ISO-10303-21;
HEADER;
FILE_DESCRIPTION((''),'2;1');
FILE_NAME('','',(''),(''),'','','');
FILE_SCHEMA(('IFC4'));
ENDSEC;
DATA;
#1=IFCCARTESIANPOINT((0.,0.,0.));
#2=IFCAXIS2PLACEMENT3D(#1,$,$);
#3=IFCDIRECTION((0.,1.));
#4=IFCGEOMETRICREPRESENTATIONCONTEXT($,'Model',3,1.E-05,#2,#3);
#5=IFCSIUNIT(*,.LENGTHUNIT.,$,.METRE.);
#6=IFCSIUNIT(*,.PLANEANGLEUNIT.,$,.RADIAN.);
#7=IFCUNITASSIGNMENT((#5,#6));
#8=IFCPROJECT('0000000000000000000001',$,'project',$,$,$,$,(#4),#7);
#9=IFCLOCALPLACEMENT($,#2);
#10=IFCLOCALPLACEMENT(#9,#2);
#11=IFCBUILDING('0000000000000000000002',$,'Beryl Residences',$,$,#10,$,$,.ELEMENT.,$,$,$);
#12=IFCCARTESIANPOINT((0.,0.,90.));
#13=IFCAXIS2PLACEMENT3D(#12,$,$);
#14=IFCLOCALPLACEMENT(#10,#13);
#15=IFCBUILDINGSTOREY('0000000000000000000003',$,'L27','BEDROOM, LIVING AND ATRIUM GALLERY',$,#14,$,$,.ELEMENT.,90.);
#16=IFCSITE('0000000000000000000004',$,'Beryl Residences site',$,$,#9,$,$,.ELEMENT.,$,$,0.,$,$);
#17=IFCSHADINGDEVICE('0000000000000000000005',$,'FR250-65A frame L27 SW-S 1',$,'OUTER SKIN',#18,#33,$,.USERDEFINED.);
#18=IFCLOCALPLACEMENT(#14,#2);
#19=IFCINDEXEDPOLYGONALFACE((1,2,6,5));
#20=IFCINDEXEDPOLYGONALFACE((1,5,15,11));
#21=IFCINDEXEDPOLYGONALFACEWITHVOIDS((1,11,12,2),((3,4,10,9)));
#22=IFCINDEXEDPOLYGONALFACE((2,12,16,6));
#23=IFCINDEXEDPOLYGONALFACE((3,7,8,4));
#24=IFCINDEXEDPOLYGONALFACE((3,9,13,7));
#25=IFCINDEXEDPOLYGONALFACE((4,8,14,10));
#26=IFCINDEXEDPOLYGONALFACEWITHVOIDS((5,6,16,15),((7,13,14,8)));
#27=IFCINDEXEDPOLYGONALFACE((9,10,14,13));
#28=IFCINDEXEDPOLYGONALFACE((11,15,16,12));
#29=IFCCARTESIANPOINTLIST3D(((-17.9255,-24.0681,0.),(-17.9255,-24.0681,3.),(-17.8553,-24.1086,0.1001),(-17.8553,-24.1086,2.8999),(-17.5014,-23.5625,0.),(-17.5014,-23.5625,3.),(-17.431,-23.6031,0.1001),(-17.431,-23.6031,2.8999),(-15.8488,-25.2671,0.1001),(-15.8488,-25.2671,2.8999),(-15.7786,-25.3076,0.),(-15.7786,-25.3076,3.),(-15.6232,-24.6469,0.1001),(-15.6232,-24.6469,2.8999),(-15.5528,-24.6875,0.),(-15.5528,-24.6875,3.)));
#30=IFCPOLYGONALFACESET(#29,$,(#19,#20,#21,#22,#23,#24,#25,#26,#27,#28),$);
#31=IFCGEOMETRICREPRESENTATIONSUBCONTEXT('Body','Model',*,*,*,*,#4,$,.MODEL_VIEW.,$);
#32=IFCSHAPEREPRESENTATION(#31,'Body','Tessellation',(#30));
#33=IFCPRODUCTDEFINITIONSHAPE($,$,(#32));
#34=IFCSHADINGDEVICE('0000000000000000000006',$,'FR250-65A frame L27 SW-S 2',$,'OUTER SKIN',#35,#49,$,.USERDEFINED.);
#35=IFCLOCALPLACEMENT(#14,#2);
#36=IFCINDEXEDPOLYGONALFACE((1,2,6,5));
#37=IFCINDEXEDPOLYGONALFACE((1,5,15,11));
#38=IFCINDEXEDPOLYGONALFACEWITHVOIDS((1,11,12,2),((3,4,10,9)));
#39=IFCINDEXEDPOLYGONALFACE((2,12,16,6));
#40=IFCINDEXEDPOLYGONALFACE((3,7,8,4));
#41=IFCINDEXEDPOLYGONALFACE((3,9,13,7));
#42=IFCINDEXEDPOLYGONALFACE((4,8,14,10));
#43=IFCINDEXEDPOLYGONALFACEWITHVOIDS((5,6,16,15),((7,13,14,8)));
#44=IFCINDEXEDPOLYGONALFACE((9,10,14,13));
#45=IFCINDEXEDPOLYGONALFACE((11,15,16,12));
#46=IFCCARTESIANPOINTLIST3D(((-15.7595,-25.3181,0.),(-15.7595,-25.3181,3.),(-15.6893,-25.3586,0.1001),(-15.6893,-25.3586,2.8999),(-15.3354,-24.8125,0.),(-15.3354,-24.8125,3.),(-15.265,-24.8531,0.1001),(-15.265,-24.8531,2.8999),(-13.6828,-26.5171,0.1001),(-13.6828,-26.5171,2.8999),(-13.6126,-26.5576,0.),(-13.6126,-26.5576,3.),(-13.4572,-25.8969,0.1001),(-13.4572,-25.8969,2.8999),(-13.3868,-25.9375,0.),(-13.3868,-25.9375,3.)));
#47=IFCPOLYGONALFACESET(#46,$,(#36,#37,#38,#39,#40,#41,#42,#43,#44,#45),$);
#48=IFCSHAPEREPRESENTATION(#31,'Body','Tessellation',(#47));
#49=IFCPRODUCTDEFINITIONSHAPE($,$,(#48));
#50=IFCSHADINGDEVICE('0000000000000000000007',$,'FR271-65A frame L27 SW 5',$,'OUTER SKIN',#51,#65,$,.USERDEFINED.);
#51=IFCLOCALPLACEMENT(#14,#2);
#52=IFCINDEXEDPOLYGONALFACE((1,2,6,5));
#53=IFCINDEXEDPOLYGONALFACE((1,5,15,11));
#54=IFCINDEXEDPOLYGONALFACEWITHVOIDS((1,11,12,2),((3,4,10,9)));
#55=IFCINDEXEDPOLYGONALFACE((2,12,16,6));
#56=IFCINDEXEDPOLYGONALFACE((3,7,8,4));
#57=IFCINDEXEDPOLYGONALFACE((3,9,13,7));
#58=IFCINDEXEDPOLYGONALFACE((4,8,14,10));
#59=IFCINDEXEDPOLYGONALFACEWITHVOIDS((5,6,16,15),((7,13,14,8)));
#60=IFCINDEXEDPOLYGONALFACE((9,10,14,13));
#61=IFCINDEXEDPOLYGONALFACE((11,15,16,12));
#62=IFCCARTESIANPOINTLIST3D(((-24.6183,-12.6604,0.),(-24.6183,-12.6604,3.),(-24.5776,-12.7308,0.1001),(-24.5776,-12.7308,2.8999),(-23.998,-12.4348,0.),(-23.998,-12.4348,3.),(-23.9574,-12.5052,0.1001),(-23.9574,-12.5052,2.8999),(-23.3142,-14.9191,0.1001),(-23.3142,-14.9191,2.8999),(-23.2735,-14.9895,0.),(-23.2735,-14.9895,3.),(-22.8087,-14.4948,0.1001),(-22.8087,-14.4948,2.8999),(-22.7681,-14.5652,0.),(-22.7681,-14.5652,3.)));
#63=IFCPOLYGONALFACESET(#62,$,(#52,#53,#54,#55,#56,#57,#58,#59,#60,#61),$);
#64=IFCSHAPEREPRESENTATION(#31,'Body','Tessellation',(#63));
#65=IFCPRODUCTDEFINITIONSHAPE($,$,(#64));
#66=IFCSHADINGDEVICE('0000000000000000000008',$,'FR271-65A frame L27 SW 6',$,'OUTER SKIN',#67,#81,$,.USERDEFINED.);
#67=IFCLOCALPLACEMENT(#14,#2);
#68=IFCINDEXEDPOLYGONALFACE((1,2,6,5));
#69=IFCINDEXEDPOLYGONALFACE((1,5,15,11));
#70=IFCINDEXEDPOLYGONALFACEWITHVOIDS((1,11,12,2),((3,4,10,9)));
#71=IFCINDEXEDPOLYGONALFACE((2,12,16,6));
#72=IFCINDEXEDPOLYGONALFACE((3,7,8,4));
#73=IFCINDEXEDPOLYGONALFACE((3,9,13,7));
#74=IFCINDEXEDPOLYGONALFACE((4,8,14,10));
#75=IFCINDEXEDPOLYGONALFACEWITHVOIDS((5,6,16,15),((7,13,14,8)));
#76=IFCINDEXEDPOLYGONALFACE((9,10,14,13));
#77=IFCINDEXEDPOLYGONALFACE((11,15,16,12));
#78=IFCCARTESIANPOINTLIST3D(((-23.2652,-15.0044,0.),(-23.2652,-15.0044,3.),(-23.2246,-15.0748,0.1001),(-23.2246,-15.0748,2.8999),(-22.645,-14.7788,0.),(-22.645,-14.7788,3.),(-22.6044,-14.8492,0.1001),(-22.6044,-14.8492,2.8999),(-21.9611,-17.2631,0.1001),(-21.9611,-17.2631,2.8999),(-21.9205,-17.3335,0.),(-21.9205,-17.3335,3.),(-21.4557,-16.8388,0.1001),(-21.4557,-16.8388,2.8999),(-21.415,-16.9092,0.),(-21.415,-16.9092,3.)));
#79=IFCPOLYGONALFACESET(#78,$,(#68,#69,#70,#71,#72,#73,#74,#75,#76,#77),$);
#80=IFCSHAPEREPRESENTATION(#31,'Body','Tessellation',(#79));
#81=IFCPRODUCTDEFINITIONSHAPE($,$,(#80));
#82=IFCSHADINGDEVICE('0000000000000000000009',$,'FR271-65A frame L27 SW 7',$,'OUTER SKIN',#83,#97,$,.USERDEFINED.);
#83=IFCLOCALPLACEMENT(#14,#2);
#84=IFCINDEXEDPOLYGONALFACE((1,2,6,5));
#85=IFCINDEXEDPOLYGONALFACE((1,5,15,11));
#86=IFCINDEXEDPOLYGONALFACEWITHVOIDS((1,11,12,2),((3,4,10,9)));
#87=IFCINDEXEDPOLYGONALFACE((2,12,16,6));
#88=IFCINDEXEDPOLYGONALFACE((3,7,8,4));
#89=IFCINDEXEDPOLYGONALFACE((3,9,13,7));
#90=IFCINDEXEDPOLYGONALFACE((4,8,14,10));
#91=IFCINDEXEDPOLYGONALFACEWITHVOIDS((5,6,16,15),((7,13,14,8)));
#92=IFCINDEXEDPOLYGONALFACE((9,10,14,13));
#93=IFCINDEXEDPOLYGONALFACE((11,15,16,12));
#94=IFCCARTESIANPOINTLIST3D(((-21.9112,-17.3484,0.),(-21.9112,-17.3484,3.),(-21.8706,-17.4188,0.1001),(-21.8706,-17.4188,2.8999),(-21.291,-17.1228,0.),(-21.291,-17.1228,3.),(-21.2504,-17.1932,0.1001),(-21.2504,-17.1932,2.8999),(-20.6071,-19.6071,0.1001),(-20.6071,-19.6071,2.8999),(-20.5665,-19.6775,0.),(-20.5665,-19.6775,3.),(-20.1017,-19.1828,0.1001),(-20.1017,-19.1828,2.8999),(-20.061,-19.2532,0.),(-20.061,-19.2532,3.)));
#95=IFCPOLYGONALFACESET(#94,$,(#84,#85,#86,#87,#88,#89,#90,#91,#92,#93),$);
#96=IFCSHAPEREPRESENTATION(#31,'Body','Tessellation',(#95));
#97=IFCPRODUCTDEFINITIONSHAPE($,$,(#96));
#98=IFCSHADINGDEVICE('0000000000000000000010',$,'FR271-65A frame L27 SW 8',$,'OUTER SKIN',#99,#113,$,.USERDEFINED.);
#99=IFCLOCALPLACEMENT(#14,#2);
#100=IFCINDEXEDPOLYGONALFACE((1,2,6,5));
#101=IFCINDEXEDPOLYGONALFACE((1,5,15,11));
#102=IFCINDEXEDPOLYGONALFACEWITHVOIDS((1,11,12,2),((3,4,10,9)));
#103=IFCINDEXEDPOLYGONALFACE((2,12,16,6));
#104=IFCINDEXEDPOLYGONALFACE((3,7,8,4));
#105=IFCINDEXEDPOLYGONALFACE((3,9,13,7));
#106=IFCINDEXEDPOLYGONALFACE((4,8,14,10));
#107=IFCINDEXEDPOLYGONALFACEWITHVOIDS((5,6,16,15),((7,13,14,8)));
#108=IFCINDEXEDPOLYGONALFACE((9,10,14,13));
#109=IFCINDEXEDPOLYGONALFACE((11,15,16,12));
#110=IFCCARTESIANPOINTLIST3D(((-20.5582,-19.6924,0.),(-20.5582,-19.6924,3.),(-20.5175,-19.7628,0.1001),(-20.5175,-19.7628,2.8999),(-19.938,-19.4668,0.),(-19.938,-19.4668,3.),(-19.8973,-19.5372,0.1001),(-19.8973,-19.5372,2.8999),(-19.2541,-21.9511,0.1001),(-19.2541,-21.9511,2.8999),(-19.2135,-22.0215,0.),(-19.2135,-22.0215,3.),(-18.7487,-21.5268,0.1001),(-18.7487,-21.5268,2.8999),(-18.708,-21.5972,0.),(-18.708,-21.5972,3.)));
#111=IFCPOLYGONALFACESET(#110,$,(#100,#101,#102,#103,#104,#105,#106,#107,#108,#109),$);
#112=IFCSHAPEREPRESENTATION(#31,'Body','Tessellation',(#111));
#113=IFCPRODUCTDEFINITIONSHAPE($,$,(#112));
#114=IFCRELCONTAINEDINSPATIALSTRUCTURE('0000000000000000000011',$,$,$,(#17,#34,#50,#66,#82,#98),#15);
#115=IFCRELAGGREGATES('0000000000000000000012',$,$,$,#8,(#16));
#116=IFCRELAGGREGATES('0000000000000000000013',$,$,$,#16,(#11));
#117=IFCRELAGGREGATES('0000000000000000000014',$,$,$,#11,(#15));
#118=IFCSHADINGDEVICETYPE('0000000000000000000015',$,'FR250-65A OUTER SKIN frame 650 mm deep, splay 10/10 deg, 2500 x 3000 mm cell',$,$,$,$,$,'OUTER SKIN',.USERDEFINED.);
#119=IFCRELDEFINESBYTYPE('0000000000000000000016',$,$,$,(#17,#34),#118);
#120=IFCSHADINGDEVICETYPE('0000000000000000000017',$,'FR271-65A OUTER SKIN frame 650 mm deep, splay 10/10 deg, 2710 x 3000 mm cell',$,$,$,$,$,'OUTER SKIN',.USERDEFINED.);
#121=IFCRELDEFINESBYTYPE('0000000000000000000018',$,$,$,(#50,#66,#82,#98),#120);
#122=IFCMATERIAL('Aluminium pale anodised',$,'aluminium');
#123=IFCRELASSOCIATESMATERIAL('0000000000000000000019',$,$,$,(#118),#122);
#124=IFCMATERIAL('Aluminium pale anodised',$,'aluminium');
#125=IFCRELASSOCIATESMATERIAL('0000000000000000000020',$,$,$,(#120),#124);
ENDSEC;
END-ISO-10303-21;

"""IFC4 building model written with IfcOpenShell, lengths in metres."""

from ifc_helpers import new_model, entity, si_unit, direction, frame, origin, place, context, subcontext, project, spatial, source, transform, mapped, material, type_object, type_shapes, element, save


model = new_model("IFC4")

# Units and contexts
model_context = context("Model", 3, precision=1e-05, world=origin(), true_north=direction((0.0, 1.0)))
body_context = subcontext(model_context, "Body", "Model", "MODEL_VIEW")
ifc_project = project(units=[si_unit("LENGTHUNIT", "METRE"), si_unit("PLANEANGLEUNIT", "RADIAN")], contexts=[model_context])

# Site, building, storey
site_placement = place(None, origin())
site = spatial("IfcSite", under=ifc_project, at=site_placement, Name="Beryl Residences site", CompositionType="ELEMENT", RefElevation=0.0)
building_placement = place(site_placement, origin())
building = spatial("IfcBuilding", under=site, at=building_placement, Name="Beryl Residences", CompositionType="ELEMENT")
storey_placement = place(building_placement, frame((0.0, 0.0, 90.0)))
storey = spatial("IfcBuildingStorey", under=building, at=storey_placement, Name="L27", Description="BEDROOM, LIVING AND ATRIUM GALLERY", CompositionType="ELEMENT", Elevation=90.0)

# Shading devices
ifc_material_1 = material(Name="Aluminium pale anodised", Category="aluminium")
shading_device_type_1 = type_object("IfcShadingDeviceType", Name="FR250-65A OUTER SKIN frame 650 mm deep, splay 10/10 deg, 2500 x 3000 mm cell", ElementType="OUTER SKIN", PredefinedType="USERDEFINED", material=ifc_material_1)
cartesian_point_1 = entity("IfcCartesianPoint", [-1.125, 0.0])
cartesian_point_2 = entity("IfcCartesianPoint", [-1.0437, 0.1001])
cartesian_point_3 = entity("IfcCartesianPoint", [-1.2395, 0.0])
cartesian_point_4 = entity("IfcCartesianPoint", [-1.1584, 0.1001])
shared_shape_1 = source(origin(), body_context, "Body", "SweptSolid", [
    entity("IfcExtrudedAreaSolidTapered", entity("IfcArbitraryProfileDefWithVoids", "AREA", None, entity("IfcPolyline", [cartesian_point_1, entity("IfcCartesianPoint", [1.125, 0.0]), entity("IfcCartesianPoint", [1.125, 3.0]), entity("IfcCartesianPoint", [-1.125, 3.0]), cartesian_point_1]), [entity("IfcPolyline", [cartesian_point_2, entity("IfcCartesianPoint", [1.0437, 0.1001]), entity("IfcCartesianPoint", [1.0437, 2.8999]), entity("IfcCartesianPoint", [-1.0437, 2.8999]), cartesian_point_2])]), entity("IfcAxis2Placement3D", entity("IfcCartesianPoint", [0.0, 0.0, 0.0]), entity("IfcDirection", [0.0, 1.0, 0.0]), entity("IfcDirection", [-1.0, 0.0, 0.0])), entity("IfcDirection", [0.0, 0.0, 1.0]), 0.6499, entity("IfcArbitraryProfileDefWithVoids", "AREA", None, entity("IfcPolyline", [cartesian_point_3, entity("IfcCartesianPoint", [1.2395, 0.0]), entity("IfcCartesianPoint", [1.2395, 3.0]), entity("IfcCartesianPoint", [-1.2395, 3.0]), cartesian_point_3]), [entity("IfcPolyline", [cartesian_point_4, entity("IfcCartesianPoint", [1.1584, 0.1001]), entity("IfcCartesianPoint", [1.1584, 2.8999]), entity("IfcCartesianPoint", [-1.1584, 2.8999]), cartesian_point_4])])),
])
type_shapes(shading_device_type_1, [shared_shape_1])
for number, where, z_axis, x_axis, name in (
    (1, (-16.5271, -24.125, 0.0), (0.0, 0.0, 1.0), (-0.866025, 0.5, 0.0), "FR250-65A frame L27 SW-S 1"),
    (2, (-14.3611, -25.375, 0.0), (0.0, 0.0, 1.0), (-0.866025, 0.5, 0.0), "FR250-65A frame L27 SW-S 2"),
):
    element("IfcShadingDevice", number, at=place(storey_placement, frame(where, z_axis=z_axis, x_axis=x_axis)), inside=storey, type_object=shading_device_type_1, Name=name, ObjectType="OUTER SKIN", PredefinedType="USERDEFINED", context=body_context, shape_type="MappedRepresentation", body=[
        mapped(shared_shape_1, transform((0.0, 0.0, 0.0))),
    ])
ifc_material_2 = material(Name="Aluminium pale anodised", Category="aluminium")
shading_device_type_2 = type_object("IfcShadingDeviceType", Name="FR271-65A OUTER SKIN frame 650 mm deep, splay 10/10 deg, 2710 x 3000 mm cell", ElementType="OUTER SKIN", PredefinedType="USERDEFINED", material=ifc_material_2)
cartesian_point_5 = entity("IfcCartesianPoint", [-1.23, 0.0])
cartesian_point_6 = entity("IfcCartesianPoint", [-1.1487, 0.1001])
cartesian_point_7 = entity("IfcCartesianPoint", [-1.3447, 0.0])
cartesian_point_8 = entity("IfcCartesianPoint", [-1.2634, 0.1001])
shared_shape_2 = source(origin(), body_context, "Body", "SweptSolid", [
    entity("IfcExtrudedAreaSolidTapered", entity("IfcArbitraryProfileDefWithVoids", "AREA", None, entity("IfcPolyline", [cartesian_point_5, entity("IfcCartesianPoint", [1.23, 0.0]), entity("IfcCartesianPoint", [1.23, 3.0]), entity("IfcCartesianPoint", [-1.23, 3.0]), cartesian_point_5]), [entity("IfcPolyline", [cartesian_point_6, entity("IfcCartesianPoint", [1.1487, 0.1001]), entity("IfcCartesianPoint", [1.1487, 2.8999]), entity("IfcCartesianPoint", [-1.1487, 2.8999]), cartesian_point_6])]), entity("IfcAxis2Placement3D", entity("IfcCartesianPoint", [0.0, 0.0, 0.0]), entity("IfcDirection", [0.0, 1.0, 0.0]), entity("IfcDirection", [-1.0, 0.0, 0.0])), entity("IfcDirection", [0.0, 0.0, 1.0]), 0.6499, entity("IfcArbitraryProfileDefWithVoids", "AREA", None, entity("IfcPolyline", [cartesian_point_7, entity("IfcCartesianPoint", [1.3447, 0.0]), entity("IfcCartesianPoint", [1.3447, 3.0]), entity("IfcCartesianPoint", [-1.3447, 3.0]), cartesian_point_7]), [entity("IfcPolyline", [cartesian_point_8, entity("IfcCartesianPoint", [1.2634, 0.1001]), entity("IfcCartesianPoint", [1.2634, 2.8999]), entity("IfcCartesianPoint", [-1.2634, 2.8999]), cartesian_point_8])])),
])
type_shapes(shading_device_type_2, [shared_shape_2])
for number, where, z_axis, x_axis, name in (
    (3, (-23.3831, -13.5, 0.0), (0.0, 0.0, 1.0), (-0.5, 0.866025, 0.0), "FR271-65A frame L27 SW 5"),
    (4, (-22.03, -15.844, 0.0), (0.0, 0.0, 1.0), (-0.5, 0.866025, 0.0), "FR271-65A frame L27 SW 6"),
    (5, (-20.676, -18.188, 0.0), (0.0, 0.0, 1.0), (-0.5, 0.866025, 0.0), "FR271-65A frame L27 SW 7"),
    (6, (-19.323, -20.532, 0.0), (0.0, 0.0, 1.0), (-0.5, 0.866025, 0.0), "FR271-65A frame L27 SW 8"),
):
    element("IfcShadingDevice", number, at=place(storey_placement, frame(where, z_axis=z_axis, x_axis=x_axis)), inside=storey, type_object=shading_device_type_2, Name=name, ObjectType="OUTER SKIN", PredefinedType="USERDEFINED", context=body_context, shape_type="MappedRepresentation", body=[
        mapped(shared_shape_2, transform((0.0, 0.0, 0.0))),
    ])

save(model, "model.ifc")
